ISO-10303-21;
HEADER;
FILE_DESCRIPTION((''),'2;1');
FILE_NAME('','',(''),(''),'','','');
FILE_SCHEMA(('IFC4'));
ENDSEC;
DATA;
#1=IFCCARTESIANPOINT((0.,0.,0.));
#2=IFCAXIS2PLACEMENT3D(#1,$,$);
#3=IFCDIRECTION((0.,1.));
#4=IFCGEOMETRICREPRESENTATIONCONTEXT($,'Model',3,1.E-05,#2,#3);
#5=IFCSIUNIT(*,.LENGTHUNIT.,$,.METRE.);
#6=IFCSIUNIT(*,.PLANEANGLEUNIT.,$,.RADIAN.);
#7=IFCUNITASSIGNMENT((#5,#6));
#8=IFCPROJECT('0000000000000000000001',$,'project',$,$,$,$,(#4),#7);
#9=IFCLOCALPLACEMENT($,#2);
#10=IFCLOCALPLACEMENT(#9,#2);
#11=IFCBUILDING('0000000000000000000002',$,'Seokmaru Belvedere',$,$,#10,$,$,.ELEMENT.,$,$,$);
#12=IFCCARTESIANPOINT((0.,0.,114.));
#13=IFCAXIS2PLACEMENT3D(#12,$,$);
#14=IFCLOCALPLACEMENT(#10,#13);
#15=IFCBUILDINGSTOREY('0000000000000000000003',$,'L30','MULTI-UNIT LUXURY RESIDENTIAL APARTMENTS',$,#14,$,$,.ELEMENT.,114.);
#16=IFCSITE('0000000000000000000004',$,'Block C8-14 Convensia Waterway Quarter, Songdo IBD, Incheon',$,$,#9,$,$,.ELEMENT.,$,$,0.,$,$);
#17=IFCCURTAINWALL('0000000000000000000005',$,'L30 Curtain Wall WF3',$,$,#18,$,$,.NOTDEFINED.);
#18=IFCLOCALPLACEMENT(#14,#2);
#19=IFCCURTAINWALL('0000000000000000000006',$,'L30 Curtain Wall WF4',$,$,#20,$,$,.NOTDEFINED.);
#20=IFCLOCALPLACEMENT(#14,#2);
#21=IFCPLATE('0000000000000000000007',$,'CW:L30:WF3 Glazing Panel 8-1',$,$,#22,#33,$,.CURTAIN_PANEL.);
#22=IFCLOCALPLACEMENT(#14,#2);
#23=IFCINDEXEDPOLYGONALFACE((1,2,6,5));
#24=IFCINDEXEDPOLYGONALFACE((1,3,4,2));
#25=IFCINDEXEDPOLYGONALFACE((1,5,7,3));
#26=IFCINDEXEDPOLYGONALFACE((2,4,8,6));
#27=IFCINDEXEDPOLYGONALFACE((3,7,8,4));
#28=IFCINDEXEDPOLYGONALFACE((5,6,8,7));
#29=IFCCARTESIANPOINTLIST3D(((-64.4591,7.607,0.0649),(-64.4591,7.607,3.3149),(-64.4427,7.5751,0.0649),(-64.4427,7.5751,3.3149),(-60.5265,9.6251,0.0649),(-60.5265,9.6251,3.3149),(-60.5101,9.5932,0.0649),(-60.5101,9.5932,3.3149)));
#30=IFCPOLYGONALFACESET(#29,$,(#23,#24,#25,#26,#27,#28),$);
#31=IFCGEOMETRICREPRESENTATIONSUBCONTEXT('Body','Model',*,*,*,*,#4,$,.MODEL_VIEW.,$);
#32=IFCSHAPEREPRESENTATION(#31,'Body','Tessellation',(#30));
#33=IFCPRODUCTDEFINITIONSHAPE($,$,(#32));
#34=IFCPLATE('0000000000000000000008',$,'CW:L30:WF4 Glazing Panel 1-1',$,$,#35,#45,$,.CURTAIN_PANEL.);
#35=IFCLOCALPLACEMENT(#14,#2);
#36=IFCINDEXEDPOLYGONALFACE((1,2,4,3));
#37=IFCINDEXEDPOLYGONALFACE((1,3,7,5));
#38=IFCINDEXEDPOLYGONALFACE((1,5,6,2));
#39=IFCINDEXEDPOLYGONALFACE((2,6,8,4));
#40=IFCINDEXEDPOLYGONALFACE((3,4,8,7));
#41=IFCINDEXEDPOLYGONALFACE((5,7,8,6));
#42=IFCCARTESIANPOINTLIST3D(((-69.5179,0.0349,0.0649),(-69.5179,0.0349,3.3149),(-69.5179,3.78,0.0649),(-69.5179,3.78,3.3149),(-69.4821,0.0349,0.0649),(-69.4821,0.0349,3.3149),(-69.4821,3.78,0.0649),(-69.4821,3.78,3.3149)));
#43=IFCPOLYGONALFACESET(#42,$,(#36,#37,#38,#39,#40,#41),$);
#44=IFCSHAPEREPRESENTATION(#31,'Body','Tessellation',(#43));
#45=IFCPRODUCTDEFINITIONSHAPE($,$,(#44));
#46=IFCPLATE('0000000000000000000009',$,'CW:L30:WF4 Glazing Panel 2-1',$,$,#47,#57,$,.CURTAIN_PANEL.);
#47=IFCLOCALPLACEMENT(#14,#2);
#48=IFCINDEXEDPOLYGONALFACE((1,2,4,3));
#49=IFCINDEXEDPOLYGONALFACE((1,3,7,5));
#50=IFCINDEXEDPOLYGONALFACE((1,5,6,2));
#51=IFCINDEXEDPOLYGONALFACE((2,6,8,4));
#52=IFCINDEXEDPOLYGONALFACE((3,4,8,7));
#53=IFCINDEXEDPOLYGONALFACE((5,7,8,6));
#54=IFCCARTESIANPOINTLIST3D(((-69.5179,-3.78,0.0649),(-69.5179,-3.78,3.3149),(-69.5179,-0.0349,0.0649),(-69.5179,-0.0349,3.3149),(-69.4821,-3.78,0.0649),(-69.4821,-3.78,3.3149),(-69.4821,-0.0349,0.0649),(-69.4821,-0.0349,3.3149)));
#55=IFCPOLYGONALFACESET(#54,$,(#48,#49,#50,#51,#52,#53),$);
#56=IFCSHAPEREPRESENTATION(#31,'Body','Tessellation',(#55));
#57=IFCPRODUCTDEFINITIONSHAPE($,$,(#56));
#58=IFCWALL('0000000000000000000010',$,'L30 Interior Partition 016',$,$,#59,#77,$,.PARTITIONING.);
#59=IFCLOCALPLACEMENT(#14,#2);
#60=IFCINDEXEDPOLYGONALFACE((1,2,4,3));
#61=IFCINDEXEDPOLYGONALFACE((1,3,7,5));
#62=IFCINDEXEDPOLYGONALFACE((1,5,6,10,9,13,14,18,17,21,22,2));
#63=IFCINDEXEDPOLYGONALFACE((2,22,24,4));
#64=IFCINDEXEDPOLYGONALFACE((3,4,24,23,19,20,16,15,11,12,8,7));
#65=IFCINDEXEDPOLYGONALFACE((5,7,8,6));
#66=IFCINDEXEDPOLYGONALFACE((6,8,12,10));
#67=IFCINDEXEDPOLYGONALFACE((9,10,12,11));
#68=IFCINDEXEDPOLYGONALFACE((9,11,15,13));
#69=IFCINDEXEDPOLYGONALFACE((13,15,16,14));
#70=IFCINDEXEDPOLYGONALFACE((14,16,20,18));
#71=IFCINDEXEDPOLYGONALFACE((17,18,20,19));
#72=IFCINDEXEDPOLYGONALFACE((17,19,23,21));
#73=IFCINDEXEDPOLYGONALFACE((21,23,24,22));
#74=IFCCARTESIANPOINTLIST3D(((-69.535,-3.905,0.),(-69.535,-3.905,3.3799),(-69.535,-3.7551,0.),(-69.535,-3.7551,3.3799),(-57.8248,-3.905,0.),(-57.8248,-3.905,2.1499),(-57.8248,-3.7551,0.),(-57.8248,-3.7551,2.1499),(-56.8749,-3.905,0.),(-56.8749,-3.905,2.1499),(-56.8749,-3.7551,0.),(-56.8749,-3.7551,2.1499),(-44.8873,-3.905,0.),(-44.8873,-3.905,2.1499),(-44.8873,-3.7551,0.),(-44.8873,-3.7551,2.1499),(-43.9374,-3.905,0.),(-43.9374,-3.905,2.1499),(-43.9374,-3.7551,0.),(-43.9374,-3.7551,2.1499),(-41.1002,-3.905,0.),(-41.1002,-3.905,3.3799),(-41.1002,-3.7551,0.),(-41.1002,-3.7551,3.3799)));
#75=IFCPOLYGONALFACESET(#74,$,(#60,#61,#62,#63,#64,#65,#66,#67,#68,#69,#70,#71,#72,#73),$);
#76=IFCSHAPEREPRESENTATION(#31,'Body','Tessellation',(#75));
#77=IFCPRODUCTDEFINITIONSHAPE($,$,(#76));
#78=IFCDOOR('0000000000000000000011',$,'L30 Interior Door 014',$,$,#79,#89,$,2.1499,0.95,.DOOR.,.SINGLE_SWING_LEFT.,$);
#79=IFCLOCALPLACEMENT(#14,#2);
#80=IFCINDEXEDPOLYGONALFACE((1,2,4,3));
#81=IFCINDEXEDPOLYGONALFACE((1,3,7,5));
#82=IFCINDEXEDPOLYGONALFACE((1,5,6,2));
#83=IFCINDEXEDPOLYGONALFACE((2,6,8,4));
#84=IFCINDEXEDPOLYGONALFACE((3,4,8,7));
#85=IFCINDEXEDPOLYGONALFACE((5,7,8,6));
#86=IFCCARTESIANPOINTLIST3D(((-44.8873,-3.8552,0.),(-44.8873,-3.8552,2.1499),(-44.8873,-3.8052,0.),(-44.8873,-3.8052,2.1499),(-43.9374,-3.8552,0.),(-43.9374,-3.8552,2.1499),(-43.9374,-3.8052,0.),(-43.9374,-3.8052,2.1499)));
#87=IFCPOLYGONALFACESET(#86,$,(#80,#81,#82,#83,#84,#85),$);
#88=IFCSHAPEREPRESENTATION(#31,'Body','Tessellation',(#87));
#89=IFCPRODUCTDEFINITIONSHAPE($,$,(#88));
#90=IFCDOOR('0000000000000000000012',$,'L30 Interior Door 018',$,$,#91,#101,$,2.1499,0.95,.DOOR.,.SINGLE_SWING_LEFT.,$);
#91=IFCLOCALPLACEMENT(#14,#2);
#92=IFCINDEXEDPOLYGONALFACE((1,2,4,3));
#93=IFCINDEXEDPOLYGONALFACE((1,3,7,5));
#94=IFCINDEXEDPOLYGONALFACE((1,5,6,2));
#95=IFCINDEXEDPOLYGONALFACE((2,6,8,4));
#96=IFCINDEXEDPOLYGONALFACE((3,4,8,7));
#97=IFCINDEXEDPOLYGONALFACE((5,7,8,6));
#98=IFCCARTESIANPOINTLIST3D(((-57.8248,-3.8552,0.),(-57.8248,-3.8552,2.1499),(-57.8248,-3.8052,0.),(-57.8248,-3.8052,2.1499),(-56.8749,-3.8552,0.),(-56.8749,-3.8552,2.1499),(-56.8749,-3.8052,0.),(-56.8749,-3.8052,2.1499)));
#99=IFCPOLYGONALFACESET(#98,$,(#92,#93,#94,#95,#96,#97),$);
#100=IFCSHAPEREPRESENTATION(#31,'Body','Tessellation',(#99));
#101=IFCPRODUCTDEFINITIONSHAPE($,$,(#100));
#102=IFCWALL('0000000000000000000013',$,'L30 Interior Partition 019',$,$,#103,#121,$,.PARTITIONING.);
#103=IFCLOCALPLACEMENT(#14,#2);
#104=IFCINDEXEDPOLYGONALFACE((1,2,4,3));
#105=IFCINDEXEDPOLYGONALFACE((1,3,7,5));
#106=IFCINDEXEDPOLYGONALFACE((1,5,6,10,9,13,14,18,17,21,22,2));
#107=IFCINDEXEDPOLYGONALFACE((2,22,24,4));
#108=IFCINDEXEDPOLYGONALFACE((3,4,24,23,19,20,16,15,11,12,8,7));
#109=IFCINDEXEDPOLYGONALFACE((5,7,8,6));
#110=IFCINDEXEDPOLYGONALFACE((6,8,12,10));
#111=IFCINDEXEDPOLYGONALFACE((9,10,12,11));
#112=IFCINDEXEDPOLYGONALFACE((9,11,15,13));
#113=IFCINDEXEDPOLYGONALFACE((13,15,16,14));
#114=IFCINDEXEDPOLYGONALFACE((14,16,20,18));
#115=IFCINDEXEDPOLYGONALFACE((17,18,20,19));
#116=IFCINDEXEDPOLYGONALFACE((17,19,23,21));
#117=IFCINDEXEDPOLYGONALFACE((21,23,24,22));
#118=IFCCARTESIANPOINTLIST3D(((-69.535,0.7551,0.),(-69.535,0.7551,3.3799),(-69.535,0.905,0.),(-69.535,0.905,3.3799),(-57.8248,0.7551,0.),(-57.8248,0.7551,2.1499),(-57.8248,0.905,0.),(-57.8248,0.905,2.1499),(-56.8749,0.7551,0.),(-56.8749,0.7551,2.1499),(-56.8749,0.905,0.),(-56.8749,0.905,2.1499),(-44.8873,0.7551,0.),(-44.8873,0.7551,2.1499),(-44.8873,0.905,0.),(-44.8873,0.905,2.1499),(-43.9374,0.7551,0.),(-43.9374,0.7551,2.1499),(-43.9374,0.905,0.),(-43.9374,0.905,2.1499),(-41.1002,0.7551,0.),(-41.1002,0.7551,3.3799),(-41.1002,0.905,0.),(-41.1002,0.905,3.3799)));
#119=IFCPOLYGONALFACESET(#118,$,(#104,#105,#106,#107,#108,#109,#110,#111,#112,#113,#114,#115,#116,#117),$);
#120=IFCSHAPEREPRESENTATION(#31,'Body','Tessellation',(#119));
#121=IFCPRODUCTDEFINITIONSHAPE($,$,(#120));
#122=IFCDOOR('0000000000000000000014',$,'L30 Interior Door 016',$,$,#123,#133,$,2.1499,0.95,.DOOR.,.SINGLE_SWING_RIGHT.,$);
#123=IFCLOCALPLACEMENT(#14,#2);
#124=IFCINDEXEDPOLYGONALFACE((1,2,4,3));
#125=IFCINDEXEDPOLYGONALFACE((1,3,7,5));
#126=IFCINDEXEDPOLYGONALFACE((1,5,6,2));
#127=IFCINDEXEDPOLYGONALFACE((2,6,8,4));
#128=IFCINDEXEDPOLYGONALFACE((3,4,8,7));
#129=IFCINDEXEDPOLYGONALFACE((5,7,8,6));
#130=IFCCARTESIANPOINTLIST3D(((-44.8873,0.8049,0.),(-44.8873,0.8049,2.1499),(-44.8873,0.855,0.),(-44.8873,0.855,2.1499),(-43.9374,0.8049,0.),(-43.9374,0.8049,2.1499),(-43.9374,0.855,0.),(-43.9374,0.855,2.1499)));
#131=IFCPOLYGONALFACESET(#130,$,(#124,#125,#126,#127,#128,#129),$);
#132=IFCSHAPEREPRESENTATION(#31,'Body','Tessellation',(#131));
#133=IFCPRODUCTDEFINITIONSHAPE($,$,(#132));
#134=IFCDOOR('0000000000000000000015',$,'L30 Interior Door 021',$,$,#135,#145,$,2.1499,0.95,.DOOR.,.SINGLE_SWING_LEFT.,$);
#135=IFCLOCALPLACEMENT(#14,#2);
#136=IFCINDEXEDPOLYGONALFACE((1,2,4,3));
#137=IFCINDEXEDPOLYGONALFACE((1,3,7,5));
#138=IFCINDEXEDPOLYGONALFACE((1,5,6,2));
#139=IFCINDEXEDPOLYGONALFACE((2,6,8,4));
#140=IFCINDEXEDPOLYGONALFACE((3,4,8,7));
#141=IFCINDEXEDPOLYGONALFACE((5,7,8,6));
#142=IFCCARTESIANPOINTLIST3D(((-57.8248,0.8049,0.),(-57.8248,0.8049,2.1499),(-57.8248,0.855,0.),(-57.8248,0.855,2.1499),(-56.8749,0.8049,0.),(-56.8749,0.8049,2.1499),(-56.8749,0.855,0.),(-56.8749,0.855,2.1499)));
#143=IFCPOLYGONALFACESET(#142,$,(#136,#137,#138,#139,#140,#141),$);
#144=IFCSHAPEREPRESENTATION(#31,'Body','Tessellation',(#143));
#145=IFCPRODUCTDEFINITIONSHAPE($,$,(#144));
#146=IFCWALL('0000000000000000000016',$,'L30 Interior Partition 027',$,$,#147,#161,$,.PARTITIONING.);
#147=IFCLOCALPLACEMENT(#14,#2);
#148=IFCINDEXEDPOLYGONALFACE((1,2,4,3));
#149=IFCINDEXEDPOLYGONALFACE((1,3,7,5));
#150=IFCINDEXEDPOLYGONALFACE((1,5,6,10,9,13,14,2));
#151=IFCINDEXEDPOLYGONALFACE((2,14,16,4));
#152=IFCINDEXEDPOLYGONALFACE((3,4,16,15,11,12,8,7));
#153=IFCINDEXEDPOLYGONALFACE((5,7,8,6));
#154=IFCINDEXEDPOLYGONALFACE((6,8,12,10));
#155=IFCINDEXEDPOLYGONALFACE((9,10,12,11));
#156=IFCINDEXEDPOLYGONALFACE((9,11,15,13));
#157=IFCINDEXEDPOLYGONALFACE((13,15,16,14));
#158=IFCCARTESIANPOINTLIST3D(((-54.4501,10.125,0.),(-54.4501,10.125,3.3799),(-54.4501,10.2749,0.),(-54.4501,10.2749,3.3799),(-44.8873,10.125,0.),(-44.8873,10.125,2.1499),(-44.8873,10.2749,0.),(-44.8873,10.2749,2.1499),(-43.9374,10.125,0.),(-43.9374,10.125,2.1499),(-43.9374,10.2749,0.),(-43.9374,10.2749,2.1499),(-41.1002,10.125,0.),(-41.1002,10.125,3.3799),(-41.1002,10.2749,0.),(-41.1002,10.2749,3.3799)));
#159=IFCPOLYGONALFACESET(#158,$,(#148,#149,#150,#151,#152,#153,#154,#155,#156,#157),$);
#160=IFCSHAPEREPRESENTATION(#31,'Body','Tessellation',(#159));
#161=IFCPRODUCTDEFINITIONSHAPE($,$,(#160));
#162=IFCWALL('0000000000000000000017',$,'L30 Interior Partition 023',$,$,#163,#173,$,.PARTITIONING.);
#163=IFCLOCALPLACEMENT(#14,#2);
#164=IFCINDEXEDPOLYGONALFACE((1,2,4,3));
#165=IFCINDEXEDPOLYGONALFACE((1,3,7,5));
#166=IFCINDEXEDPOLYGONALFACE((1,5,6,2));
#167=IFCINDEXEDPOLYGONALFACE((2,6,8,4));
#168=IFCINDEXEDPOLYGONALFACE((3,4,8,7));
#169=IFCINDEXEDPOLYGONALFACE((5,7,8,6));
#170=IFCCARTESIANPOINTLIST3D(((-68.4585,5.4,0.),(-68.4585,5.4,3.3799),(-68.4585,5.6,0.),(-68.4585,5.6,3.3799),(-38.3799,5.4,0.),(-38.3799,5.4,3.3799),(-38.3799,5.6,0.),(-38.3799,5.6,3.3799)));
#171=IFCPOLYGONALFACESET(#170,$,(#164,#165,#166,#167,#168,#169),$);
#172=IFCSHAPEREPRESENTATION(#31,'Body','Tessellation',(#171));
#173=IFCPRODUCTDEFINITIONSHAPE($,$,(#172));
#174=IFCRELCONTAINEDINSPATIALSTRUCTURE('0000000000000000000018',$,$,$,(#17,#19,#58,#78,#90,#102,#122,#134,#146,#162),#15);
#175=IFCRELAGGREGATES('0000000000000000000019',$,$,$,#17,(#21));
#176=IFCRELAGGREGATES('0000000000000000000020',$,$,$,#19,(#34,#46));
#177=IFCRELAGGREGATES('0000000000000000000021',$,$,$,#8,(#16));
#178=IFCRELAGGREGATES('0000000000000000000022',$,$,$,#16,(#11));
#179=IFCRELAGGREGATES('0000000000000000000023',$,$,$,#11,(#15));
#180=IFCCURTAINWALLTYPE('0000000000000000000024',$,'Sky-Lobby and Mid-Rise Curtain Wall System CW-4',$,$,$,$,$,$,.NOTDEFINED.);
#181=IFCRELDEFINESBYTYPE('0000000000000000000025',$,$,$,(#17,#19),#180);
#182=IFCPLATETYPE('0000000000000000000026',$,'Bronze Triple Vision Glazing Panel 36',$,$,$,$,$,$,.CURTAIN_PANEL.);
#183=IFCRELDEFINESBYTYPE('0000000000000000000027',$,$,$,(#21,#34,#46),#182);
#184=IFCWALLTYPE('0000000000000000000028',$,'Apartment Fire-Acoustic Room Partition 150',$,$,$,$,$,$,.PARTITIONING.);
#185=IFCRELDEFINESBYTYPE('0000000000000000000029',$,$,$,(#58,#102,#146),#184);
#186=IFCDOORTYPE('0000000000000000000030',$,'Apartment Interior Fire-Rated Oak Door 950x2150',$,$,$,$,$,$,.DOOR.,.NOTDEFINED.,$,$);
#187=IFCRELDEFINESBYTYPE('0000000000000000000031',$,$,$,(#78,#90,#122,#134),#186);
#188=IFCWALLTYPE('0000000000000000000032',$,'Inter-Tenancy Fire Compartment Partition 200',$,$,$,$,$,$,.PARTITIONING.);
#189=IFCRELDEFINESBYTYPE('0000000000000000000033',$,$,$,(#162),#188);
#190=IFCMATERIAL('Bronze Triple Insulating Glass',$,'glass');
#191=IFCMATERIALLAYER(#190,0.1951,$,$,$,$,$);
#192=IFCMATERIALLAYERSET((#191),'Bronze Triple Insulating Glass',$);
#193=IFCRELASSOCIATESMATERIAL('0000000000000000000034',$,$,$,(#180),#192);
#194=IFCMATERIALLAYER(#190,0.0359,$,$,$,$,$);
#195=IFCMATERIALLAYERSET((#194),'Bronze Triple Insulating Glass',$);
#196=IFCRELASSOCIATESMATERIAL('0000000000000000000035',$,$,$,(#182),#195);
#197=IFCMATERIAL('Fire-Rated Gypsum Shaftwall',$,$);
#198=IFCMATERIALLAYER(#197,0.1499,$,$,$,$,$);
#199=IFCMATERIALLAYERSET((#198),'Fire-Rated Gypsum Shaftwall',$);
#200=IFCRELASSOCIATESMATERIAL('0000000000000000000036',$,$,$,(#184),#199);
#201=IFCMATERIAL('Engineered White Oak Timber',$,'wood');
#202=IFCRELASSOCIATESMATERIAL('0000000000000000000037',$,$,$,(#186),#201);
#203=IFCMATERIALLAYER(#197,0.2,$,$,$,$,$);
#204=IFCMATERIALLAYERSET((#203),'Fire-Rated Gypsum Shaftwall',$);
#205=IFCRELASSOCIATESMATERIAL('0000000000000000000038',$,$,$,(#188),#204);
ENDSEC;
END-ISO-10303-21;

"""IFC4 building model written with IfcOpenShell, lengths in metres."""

from ifc_helpers import new_model, si_unit, direction, frame, frame_2d, origin, origin_2d, place, context, subcontext, project, spatial, rectangle, extrude, source, transform, mapped, material, layer, layer_set, type_object, type_shapes, element, fill, aggregate, save


model = new_model("IFC4")

# Units and contexts
model_context = context("Model", 3, precision=1e-05, world=origin(), true_north=direction((0.0, 1.0)))
body_context = subcontext(model_context, "Body", "Model", "MODEL_VIEW")
ifc_project = project(units=[si_unit("LENGTHUNIT", "METRE"), si_unit("PLANEANGLEUNIT", "RADIAN")], contexts=[model_context])

# Site, building, storey
site_placement = place(None, origin())
site = spatial("IfcSite", under=ifc_project, at=site_placement, Name="Block C8-14 Convensia Waterway Quarter, Songdo IBD, Incheon", CompositionType="ELEMENT", RefElevation=0.0)
building_placement = place(site_placement, origin())
building = spatial("IfcBuilding", under=site, at=building_placement, Name="Seokmaru Belvedere", CompositionType="ELEMENT")
storey_placement = place(building_placement, frame((0.0, 0.0, 114.0)))
storey = spatial("IfcBuildingStorey", under=building, at=storey_placement, Name="L30", Description="MULTI-UNIT LUXURY RESIDENTIAL APARTMENTS", CompositionType="ELEMENT", Elevation=114.0)

# Curtain wall
ifc_material_1 = material(Name="Bronze Triple Insulating Glass", Category="glass")
ifc_layer_1 = layer(ifc_material_1, 0.1951)
ifc_layer_set_1 = layer_set([ifc_layer_1], Name="Bronze Triple Insulating Glass")
curtain_wall_type = type_object("IfcCurtainWallType", Name="Sky-Lobby and Mid-Rise Curtain Wall System CW-4", PredefinedType="NOTDEFINED", material=ifc_layer_set_1)
curtain_wall_1_placement = place(storey_placement, origin())
curtain_wall_1 = element("IfcCurtainWall", 1, at=curtain_wall_1_placement, inside=storey, type_object=curtain_wall_type, Name="L30 Curtain Wall WF3", PredefinedType="NOTDEFINED")

# Curtain wall
curtain_wall_2_placement = place(storey_placement, origin())
curtain_wall_2 = element("IfcCurtainWall", 2, at=curtain_wall_2_placement, inside=storey, type_object=curtain_wall_type, Name="L30 Curtain Wall WF4", PredefinedType="NOTDEFINED")

# Plates
ifc_layer_2 = layer(ifc_material_1, 0.0359)
ifc_layer_set_2 = layer_set([ifc_layer_2], Name="Bronze Triple Insulating Glass")
plate_type = type_object("IfcPlateType", Name="Bronze Triple Vision Glazing Panel 36", PredefinedType="CURTAIN_PANEL", material=ifc_layer_set_2)
shared_shape_1 = source(origin(), body_context, "Body", "SweptSolid", [
    extrude(rectangle(XDim=4.4202, YDim=0.0359, at=origin_2d()), origin(), (0.0, 0.0, 1.0), 3.25),
])
plate_1_placement = place(storey_placement, frame((-62.4846, 8.6001, 0.0649), z_axis=(0.0, 0.0, 1.0), x_axis=(-0.889695, -0.456555, 0.0)))
plate_1 = element("IfcPlate", 3, at=plate_1_placement, type_object=plate_type, Name="CW:L30:WF3 Glazing Panel 8-1", PredefinedType="CURTAIN_PANEL", context=body_context, shape_type="MappedRepresentation", body=[
    mapped(shared_shape_1, transform((0.0, 0.0, 0.0), scale=1.0)),
])
aggregate(curtain_wall_1, [plate_1])
shared_shape_2 = source(origin(), body_context, "Body", "SweptSolid", [
    extrude(rectangle(XDim=3.7451, YDim=0.0359, at=origin_2d()), origin(), (0.0, 0.0, 1.0), 3.25),
])
plate_2_placement = place(storey_placement, frame((-69.5, 1.9075, 0.0649), z_axis=(0.0, 0.0, 1.0), x_axis=(0.0, -1.0, 0.0)))
plate_2 = element("IfcPlate", 4, at=plate_2_placement, type_object=plate_type, Name="CW:L30:WF4 Glazing Panel 1-1", PredefinedType="CURTAIN_PANEL", context=body_context, shape_type="MappedRepresentation", body=[
    mapped(shared_shape_2, transform((0.0, 0.0, 0.0), scale=1.0)),
])
plate_3_placement = place(storey_placement, frame((-69.5, -1.9075, 0.0649), z_axis=(0.0, 0.0, 1.0), x_axis=(0.0, -1.0, 0.0)))
plate_3 = element("IfcPlate", 5, at=plate_3_placement, type_object=plate_type, Name="CW:L30:WF4 Glazing Panel 2-1", PredefinedType="CURTAIN_PANEL", context=body_context, shape_type="MappedRepresentation", body=[
    mapped(shared_shape_2, transform((0.0, 0.0, 0.0), scale=1.0)),
])
aggregate(curtain_wall_2, [plate_2, plate_3])

# Walls, openings, doors
ifc_material_2 = material(Name="Fire-Rated Gypsum Shaftwall")
ifc_layer_3 = layer(ifc_material_2, 0.1499)
ifc_layer_set_3 = layer_set([ifc_layer_3], Name="Fire-Rated Gypsum Shaftwall")
wall_type_1 = type_object("IfcWallType", Name="Apartment Fire-Acoustic Room Partition 150", PredefinedType="PARTITIONING", material=ifc_layer_set_3)
wall_1_placement = place(storey_placement, frame((-69.5349, -3.8301, 0.0), z_axis=(0.0, 0.0, 1.0), x_axis=(1.0, 0.0, 0.0)))
wall_1 = element("IfcWall", 6, at=wall_1_placement, inside=storey, type_object=wall_type_1, Name="L30 Interior Partition 016", PredefinedType="PARTITIONING", context=body_context, shape_type="SweptSolid", body=[
    extrude(rectangle(XDim=28.4348, YDim=0.1499, at=frame_2d((14.2173, 0.0))), origin(), (0.0, 0.0, 1.0), 3.3799),
])
opening_1_placement = place(wall_1_placement, frame((24.6475, 0.0, 0.0)))
opening_1 = element("IfcOpeningElement", 7, at=opening_1_placement, cuts=wall_1, PredefinedType="OPENING", context=body_context, shape_type="SweptSolid", body=[
    extrude(rectangle(XDim=0.95, YDim=2.1499, at=frame_2d((0.4751, 1.075))), frame((0.0, 0.085, 0.0), z_axis=(0.0, -1.0, 0.0), x_axis=(1.0, 0.0, 0.0)), (0.0, 0.0, 1.0), 0.1699),
])
opening_2_placement = place(wall_1_placement, frame((11.71, 0.0, 0.0)))
opening_2 = element("IfcOpeningElement", 8, at=opening_2_placement, cuts=wall_1, PredefinedType="OPENING", context=body_context, shape_type="SweptSolid", body=[
    extrude(rectangle(XDim=0.95, YDim=2.1499, at=frame_2d((0.4751, 1.075))), frame((0.0, 0.085, 0.0), z_axis=(0.0, -1.0, 0.0), x_axis=(1.0, 0.0, 0.0)), (0.0, 0.0, 1.0), 0.1699),
])
ifc_material_3 = material(Name="Engineered White Oak Timber", Category="wood")
door_type = type_object("IfcDoorType", Name="Apartment Interior Fire-Rated Oak Door 950x2150", OperationType="NOTDEFINED", PredefinedType="DOOR", material=ifc_material_3)
shared_shape_3 = source(origin(), body_context, "Body", "SweptSolid", [
    extrude(rectangle(XDim=0.95, YDim=2.1499, at=frame_2d((0.4751, 1.075))), frame((0.0, 0.0249, 0.0), z_axis=(0.0, -1.0, 0.0), x_axis=(1.0, 0.0, 0.0)), (0.0, 0.0, 1.0), 0.05),
])
type_shapes(door_type, [shared_shape_3])
door_1_placement = place(opening_1_placement, origin())
door_1 = element("IfcDoor", 9, at=door_1_placement, inside=storey, type_object=door_type, Name="L30 Interior Door 014", OperationType="SINGLE_SWING_LEFT", OverallHeight=2.1499, OverallWidth=0.95, PredefinedType="DOOR", context=body_context, shape_type="MappedRepresentation", body=[
    mapped(shared_shape_3, transform((0.0, 0.0, 0.0), scale=1.0)),
])
fill(opening_1, door_1)
door_2_placement = place(opening_2_placement, origin())
door_2 = element("IfcDoor", 10, at=door_2_placement, inside=storey, type_object=door_type, Name="L30 Interior Door 018", OperationType="SINGLE_SWING_LEFT", OverallHeight=2.1499, OverallWidth=0.95, PredefinedType="DOOR", context=body_context, shape_type="MappedRepresentation", body=[
    mapped(shared_shape_3, transform((0.0, 0.0, 0.0), scale=1.0)),
])
fill(opening_2, door_2)
wall_2_placement = place(storey_placement, frame((-69.5349, 0.8301, 0.0), z_axis=(0.0, 0.0, 1.0), x_axis=(1.0, 0.0, 0.0)))
wall_2 = element("IfcWall", 11, at=wall_2_placement, inside=storey, type_object=wall_type_1, Name="L30 Interior Partition 019", PredefinedType="PARTITIONING", context=body_context, shape_type="SweptSolid", body=[
    extrude(rectangle(XDim=28.4348, YDim=0.1499, at=frame_2d((14.2173, 0.0))), origin(), (0.0, 0.0, 1.0), 3.3799),
])
opening_3_placement = place(wall_2_placement, frame((24.6475, 0.0, 0.0)))
opening_3 = element("IfcOpeningElement", 12, at=opening_3_placement, cuts=wall_2, PredefinedType="OPENING", context=body_context, shape_type="SweptSolid", body=[
    extrude(rectangle(XDim=0.95, YDim=2.1499, at=frame_2d((0.4751, 1.075))), frame((0.0, 0.085, 0.0), z_axis=(0.0, -1.0, 0.0), x_axis=(1.0, 0.0, 0.0)), (0.0, 0.0, 1.0), 0.1699),
])
opening_4_placement = place(wall_2_placement, frame((11.71, 0.0, 0.0)))
opening_4 = element("IfcOpeningElement", 13, at=opening_4_placement, cuts=wall_2, PredefinedType="OPENING", context=body_context, shape_type="SweptSolid", body=[
    extrude(rectangle(XDim=0.95, YDim=2.1499, at=frame_2d((0.4751, 1.075))), frame((0.0, 0.085, 0.0), z_axis=(0.0, -1.0, 0.0), x_axis=(1.0, 0.0, 0.0)), (0.0, 0.0, 1.0), 0.1699),
])
door_3_placement = place(opening_3_placement, origin())
door_3 = element("IfcDoor", 14, at=door_3_placement, inside=storey, type_object=door_type, Name="L30 Interior Door 016", OperationType="SINGLE_SWING_RIGHT", OverallHeight=2.1499, OverallWidth=0.95, PredefinedType="DOOR", context=body_context, shape_type="MappedRepresentation", body=[
    mapped(shared_shape_3, transform((0.0, 0.0, 0.0), scale=1.0)),
])
fill(opening_3, door_3)
door_4_placement = place(opening_4_placement, origin())
door_4 = element("IfcDoor", 15, at=door_4_placement, inside=storey, type_object=door_type, Name="L30 Interior Door 021", OperationType="SINGLE_SWING_LEFT", OverallHeight=2.1499, OverallWidth=0.95, PredefinedType="DOOR", context=body_context, shape_type="MappedRepresentation", body=[
    mapped(shared_shape_3, transform((0.0, 0.0, 0.0), scale=1.0)),
])
fill(opening_4, door_4)

# Wall, opening
wall_3_placement = place(storey_placement, frame((-54.45, 10.2, 0.0), z_axis=(0.0, 0.0, 1.0), x_axis=(1.0, 0.0, 0.0)))
wall_3 = element("IfcWall", 16, at=wall_3_placement, inside=storey, type_object=wall_type_1, Name="L30 Interior Partition 027", PredefinedType="PARTITIONING", context=body_context, shape_type="SweptSolid", body=[
    extrude(rectangle(XDim=13.3499, YDim=0.1499, at=frame_2d((6.6748, 0.0))), origin(), (0.0, 0.0, 1.0), 3.3799),
])
opening_5_placement = place(wall_3_placement, frame((9.5625, 0.0, 0.0)))
element("IfcOpeningElement", 17, at=opening_5_placement, cuts=wall_3, PredefinedType="OPENING", context=body_context, shape_type="SweptSolid", body=[
    extrude(rectangle(XDim=0.95, YDim=2.1499, at=frame_2d((0.4751, 1.075))), frame((0.0, 0.085, 0.0), z_axis=(0.0, -1.0, 0.0), x_axis=(1.0, 0.0, 0.0)), (0.0, 0.0, 1.0), 0.1699),
])

# Wall
ifc_layer_4 = layer(ifc_material_2, 0.2)
ifc_layer_set_4 = layer_set([ifc_layer_4], Name="Fire-Rated Gypsum Shaftwall")
wall_type_2 = type_object("IfcWallType", Name="Inter-Tenancy Fire Compartment Partition 200", PredefinedType="PARTITIONING", material=ifc_layer_set_4)
wall_4_placement = place(storey_placement, frame((-68.4585, 5.5, 0.0), z_axis=(0.0, 0.0, 1.0), x_axis=(1.0, 0.0, 0.0)))
element("IfcWall", 18, at=wall_4_placement, inside=storey, type_object=wall_type_2, Name="L30 Interior Partition 023", PredefinedType="PARTITIONING", context=body_context, shape_type="SweptSolid", body=[
    extrude(rectangle(XDim=30.0786, YDim=0.2, at=frame_2d((15.0393, 0.0))), origin(), (0.0, 0.0, 1.0), 3.3799),
])

save(model, "model.ifc")
